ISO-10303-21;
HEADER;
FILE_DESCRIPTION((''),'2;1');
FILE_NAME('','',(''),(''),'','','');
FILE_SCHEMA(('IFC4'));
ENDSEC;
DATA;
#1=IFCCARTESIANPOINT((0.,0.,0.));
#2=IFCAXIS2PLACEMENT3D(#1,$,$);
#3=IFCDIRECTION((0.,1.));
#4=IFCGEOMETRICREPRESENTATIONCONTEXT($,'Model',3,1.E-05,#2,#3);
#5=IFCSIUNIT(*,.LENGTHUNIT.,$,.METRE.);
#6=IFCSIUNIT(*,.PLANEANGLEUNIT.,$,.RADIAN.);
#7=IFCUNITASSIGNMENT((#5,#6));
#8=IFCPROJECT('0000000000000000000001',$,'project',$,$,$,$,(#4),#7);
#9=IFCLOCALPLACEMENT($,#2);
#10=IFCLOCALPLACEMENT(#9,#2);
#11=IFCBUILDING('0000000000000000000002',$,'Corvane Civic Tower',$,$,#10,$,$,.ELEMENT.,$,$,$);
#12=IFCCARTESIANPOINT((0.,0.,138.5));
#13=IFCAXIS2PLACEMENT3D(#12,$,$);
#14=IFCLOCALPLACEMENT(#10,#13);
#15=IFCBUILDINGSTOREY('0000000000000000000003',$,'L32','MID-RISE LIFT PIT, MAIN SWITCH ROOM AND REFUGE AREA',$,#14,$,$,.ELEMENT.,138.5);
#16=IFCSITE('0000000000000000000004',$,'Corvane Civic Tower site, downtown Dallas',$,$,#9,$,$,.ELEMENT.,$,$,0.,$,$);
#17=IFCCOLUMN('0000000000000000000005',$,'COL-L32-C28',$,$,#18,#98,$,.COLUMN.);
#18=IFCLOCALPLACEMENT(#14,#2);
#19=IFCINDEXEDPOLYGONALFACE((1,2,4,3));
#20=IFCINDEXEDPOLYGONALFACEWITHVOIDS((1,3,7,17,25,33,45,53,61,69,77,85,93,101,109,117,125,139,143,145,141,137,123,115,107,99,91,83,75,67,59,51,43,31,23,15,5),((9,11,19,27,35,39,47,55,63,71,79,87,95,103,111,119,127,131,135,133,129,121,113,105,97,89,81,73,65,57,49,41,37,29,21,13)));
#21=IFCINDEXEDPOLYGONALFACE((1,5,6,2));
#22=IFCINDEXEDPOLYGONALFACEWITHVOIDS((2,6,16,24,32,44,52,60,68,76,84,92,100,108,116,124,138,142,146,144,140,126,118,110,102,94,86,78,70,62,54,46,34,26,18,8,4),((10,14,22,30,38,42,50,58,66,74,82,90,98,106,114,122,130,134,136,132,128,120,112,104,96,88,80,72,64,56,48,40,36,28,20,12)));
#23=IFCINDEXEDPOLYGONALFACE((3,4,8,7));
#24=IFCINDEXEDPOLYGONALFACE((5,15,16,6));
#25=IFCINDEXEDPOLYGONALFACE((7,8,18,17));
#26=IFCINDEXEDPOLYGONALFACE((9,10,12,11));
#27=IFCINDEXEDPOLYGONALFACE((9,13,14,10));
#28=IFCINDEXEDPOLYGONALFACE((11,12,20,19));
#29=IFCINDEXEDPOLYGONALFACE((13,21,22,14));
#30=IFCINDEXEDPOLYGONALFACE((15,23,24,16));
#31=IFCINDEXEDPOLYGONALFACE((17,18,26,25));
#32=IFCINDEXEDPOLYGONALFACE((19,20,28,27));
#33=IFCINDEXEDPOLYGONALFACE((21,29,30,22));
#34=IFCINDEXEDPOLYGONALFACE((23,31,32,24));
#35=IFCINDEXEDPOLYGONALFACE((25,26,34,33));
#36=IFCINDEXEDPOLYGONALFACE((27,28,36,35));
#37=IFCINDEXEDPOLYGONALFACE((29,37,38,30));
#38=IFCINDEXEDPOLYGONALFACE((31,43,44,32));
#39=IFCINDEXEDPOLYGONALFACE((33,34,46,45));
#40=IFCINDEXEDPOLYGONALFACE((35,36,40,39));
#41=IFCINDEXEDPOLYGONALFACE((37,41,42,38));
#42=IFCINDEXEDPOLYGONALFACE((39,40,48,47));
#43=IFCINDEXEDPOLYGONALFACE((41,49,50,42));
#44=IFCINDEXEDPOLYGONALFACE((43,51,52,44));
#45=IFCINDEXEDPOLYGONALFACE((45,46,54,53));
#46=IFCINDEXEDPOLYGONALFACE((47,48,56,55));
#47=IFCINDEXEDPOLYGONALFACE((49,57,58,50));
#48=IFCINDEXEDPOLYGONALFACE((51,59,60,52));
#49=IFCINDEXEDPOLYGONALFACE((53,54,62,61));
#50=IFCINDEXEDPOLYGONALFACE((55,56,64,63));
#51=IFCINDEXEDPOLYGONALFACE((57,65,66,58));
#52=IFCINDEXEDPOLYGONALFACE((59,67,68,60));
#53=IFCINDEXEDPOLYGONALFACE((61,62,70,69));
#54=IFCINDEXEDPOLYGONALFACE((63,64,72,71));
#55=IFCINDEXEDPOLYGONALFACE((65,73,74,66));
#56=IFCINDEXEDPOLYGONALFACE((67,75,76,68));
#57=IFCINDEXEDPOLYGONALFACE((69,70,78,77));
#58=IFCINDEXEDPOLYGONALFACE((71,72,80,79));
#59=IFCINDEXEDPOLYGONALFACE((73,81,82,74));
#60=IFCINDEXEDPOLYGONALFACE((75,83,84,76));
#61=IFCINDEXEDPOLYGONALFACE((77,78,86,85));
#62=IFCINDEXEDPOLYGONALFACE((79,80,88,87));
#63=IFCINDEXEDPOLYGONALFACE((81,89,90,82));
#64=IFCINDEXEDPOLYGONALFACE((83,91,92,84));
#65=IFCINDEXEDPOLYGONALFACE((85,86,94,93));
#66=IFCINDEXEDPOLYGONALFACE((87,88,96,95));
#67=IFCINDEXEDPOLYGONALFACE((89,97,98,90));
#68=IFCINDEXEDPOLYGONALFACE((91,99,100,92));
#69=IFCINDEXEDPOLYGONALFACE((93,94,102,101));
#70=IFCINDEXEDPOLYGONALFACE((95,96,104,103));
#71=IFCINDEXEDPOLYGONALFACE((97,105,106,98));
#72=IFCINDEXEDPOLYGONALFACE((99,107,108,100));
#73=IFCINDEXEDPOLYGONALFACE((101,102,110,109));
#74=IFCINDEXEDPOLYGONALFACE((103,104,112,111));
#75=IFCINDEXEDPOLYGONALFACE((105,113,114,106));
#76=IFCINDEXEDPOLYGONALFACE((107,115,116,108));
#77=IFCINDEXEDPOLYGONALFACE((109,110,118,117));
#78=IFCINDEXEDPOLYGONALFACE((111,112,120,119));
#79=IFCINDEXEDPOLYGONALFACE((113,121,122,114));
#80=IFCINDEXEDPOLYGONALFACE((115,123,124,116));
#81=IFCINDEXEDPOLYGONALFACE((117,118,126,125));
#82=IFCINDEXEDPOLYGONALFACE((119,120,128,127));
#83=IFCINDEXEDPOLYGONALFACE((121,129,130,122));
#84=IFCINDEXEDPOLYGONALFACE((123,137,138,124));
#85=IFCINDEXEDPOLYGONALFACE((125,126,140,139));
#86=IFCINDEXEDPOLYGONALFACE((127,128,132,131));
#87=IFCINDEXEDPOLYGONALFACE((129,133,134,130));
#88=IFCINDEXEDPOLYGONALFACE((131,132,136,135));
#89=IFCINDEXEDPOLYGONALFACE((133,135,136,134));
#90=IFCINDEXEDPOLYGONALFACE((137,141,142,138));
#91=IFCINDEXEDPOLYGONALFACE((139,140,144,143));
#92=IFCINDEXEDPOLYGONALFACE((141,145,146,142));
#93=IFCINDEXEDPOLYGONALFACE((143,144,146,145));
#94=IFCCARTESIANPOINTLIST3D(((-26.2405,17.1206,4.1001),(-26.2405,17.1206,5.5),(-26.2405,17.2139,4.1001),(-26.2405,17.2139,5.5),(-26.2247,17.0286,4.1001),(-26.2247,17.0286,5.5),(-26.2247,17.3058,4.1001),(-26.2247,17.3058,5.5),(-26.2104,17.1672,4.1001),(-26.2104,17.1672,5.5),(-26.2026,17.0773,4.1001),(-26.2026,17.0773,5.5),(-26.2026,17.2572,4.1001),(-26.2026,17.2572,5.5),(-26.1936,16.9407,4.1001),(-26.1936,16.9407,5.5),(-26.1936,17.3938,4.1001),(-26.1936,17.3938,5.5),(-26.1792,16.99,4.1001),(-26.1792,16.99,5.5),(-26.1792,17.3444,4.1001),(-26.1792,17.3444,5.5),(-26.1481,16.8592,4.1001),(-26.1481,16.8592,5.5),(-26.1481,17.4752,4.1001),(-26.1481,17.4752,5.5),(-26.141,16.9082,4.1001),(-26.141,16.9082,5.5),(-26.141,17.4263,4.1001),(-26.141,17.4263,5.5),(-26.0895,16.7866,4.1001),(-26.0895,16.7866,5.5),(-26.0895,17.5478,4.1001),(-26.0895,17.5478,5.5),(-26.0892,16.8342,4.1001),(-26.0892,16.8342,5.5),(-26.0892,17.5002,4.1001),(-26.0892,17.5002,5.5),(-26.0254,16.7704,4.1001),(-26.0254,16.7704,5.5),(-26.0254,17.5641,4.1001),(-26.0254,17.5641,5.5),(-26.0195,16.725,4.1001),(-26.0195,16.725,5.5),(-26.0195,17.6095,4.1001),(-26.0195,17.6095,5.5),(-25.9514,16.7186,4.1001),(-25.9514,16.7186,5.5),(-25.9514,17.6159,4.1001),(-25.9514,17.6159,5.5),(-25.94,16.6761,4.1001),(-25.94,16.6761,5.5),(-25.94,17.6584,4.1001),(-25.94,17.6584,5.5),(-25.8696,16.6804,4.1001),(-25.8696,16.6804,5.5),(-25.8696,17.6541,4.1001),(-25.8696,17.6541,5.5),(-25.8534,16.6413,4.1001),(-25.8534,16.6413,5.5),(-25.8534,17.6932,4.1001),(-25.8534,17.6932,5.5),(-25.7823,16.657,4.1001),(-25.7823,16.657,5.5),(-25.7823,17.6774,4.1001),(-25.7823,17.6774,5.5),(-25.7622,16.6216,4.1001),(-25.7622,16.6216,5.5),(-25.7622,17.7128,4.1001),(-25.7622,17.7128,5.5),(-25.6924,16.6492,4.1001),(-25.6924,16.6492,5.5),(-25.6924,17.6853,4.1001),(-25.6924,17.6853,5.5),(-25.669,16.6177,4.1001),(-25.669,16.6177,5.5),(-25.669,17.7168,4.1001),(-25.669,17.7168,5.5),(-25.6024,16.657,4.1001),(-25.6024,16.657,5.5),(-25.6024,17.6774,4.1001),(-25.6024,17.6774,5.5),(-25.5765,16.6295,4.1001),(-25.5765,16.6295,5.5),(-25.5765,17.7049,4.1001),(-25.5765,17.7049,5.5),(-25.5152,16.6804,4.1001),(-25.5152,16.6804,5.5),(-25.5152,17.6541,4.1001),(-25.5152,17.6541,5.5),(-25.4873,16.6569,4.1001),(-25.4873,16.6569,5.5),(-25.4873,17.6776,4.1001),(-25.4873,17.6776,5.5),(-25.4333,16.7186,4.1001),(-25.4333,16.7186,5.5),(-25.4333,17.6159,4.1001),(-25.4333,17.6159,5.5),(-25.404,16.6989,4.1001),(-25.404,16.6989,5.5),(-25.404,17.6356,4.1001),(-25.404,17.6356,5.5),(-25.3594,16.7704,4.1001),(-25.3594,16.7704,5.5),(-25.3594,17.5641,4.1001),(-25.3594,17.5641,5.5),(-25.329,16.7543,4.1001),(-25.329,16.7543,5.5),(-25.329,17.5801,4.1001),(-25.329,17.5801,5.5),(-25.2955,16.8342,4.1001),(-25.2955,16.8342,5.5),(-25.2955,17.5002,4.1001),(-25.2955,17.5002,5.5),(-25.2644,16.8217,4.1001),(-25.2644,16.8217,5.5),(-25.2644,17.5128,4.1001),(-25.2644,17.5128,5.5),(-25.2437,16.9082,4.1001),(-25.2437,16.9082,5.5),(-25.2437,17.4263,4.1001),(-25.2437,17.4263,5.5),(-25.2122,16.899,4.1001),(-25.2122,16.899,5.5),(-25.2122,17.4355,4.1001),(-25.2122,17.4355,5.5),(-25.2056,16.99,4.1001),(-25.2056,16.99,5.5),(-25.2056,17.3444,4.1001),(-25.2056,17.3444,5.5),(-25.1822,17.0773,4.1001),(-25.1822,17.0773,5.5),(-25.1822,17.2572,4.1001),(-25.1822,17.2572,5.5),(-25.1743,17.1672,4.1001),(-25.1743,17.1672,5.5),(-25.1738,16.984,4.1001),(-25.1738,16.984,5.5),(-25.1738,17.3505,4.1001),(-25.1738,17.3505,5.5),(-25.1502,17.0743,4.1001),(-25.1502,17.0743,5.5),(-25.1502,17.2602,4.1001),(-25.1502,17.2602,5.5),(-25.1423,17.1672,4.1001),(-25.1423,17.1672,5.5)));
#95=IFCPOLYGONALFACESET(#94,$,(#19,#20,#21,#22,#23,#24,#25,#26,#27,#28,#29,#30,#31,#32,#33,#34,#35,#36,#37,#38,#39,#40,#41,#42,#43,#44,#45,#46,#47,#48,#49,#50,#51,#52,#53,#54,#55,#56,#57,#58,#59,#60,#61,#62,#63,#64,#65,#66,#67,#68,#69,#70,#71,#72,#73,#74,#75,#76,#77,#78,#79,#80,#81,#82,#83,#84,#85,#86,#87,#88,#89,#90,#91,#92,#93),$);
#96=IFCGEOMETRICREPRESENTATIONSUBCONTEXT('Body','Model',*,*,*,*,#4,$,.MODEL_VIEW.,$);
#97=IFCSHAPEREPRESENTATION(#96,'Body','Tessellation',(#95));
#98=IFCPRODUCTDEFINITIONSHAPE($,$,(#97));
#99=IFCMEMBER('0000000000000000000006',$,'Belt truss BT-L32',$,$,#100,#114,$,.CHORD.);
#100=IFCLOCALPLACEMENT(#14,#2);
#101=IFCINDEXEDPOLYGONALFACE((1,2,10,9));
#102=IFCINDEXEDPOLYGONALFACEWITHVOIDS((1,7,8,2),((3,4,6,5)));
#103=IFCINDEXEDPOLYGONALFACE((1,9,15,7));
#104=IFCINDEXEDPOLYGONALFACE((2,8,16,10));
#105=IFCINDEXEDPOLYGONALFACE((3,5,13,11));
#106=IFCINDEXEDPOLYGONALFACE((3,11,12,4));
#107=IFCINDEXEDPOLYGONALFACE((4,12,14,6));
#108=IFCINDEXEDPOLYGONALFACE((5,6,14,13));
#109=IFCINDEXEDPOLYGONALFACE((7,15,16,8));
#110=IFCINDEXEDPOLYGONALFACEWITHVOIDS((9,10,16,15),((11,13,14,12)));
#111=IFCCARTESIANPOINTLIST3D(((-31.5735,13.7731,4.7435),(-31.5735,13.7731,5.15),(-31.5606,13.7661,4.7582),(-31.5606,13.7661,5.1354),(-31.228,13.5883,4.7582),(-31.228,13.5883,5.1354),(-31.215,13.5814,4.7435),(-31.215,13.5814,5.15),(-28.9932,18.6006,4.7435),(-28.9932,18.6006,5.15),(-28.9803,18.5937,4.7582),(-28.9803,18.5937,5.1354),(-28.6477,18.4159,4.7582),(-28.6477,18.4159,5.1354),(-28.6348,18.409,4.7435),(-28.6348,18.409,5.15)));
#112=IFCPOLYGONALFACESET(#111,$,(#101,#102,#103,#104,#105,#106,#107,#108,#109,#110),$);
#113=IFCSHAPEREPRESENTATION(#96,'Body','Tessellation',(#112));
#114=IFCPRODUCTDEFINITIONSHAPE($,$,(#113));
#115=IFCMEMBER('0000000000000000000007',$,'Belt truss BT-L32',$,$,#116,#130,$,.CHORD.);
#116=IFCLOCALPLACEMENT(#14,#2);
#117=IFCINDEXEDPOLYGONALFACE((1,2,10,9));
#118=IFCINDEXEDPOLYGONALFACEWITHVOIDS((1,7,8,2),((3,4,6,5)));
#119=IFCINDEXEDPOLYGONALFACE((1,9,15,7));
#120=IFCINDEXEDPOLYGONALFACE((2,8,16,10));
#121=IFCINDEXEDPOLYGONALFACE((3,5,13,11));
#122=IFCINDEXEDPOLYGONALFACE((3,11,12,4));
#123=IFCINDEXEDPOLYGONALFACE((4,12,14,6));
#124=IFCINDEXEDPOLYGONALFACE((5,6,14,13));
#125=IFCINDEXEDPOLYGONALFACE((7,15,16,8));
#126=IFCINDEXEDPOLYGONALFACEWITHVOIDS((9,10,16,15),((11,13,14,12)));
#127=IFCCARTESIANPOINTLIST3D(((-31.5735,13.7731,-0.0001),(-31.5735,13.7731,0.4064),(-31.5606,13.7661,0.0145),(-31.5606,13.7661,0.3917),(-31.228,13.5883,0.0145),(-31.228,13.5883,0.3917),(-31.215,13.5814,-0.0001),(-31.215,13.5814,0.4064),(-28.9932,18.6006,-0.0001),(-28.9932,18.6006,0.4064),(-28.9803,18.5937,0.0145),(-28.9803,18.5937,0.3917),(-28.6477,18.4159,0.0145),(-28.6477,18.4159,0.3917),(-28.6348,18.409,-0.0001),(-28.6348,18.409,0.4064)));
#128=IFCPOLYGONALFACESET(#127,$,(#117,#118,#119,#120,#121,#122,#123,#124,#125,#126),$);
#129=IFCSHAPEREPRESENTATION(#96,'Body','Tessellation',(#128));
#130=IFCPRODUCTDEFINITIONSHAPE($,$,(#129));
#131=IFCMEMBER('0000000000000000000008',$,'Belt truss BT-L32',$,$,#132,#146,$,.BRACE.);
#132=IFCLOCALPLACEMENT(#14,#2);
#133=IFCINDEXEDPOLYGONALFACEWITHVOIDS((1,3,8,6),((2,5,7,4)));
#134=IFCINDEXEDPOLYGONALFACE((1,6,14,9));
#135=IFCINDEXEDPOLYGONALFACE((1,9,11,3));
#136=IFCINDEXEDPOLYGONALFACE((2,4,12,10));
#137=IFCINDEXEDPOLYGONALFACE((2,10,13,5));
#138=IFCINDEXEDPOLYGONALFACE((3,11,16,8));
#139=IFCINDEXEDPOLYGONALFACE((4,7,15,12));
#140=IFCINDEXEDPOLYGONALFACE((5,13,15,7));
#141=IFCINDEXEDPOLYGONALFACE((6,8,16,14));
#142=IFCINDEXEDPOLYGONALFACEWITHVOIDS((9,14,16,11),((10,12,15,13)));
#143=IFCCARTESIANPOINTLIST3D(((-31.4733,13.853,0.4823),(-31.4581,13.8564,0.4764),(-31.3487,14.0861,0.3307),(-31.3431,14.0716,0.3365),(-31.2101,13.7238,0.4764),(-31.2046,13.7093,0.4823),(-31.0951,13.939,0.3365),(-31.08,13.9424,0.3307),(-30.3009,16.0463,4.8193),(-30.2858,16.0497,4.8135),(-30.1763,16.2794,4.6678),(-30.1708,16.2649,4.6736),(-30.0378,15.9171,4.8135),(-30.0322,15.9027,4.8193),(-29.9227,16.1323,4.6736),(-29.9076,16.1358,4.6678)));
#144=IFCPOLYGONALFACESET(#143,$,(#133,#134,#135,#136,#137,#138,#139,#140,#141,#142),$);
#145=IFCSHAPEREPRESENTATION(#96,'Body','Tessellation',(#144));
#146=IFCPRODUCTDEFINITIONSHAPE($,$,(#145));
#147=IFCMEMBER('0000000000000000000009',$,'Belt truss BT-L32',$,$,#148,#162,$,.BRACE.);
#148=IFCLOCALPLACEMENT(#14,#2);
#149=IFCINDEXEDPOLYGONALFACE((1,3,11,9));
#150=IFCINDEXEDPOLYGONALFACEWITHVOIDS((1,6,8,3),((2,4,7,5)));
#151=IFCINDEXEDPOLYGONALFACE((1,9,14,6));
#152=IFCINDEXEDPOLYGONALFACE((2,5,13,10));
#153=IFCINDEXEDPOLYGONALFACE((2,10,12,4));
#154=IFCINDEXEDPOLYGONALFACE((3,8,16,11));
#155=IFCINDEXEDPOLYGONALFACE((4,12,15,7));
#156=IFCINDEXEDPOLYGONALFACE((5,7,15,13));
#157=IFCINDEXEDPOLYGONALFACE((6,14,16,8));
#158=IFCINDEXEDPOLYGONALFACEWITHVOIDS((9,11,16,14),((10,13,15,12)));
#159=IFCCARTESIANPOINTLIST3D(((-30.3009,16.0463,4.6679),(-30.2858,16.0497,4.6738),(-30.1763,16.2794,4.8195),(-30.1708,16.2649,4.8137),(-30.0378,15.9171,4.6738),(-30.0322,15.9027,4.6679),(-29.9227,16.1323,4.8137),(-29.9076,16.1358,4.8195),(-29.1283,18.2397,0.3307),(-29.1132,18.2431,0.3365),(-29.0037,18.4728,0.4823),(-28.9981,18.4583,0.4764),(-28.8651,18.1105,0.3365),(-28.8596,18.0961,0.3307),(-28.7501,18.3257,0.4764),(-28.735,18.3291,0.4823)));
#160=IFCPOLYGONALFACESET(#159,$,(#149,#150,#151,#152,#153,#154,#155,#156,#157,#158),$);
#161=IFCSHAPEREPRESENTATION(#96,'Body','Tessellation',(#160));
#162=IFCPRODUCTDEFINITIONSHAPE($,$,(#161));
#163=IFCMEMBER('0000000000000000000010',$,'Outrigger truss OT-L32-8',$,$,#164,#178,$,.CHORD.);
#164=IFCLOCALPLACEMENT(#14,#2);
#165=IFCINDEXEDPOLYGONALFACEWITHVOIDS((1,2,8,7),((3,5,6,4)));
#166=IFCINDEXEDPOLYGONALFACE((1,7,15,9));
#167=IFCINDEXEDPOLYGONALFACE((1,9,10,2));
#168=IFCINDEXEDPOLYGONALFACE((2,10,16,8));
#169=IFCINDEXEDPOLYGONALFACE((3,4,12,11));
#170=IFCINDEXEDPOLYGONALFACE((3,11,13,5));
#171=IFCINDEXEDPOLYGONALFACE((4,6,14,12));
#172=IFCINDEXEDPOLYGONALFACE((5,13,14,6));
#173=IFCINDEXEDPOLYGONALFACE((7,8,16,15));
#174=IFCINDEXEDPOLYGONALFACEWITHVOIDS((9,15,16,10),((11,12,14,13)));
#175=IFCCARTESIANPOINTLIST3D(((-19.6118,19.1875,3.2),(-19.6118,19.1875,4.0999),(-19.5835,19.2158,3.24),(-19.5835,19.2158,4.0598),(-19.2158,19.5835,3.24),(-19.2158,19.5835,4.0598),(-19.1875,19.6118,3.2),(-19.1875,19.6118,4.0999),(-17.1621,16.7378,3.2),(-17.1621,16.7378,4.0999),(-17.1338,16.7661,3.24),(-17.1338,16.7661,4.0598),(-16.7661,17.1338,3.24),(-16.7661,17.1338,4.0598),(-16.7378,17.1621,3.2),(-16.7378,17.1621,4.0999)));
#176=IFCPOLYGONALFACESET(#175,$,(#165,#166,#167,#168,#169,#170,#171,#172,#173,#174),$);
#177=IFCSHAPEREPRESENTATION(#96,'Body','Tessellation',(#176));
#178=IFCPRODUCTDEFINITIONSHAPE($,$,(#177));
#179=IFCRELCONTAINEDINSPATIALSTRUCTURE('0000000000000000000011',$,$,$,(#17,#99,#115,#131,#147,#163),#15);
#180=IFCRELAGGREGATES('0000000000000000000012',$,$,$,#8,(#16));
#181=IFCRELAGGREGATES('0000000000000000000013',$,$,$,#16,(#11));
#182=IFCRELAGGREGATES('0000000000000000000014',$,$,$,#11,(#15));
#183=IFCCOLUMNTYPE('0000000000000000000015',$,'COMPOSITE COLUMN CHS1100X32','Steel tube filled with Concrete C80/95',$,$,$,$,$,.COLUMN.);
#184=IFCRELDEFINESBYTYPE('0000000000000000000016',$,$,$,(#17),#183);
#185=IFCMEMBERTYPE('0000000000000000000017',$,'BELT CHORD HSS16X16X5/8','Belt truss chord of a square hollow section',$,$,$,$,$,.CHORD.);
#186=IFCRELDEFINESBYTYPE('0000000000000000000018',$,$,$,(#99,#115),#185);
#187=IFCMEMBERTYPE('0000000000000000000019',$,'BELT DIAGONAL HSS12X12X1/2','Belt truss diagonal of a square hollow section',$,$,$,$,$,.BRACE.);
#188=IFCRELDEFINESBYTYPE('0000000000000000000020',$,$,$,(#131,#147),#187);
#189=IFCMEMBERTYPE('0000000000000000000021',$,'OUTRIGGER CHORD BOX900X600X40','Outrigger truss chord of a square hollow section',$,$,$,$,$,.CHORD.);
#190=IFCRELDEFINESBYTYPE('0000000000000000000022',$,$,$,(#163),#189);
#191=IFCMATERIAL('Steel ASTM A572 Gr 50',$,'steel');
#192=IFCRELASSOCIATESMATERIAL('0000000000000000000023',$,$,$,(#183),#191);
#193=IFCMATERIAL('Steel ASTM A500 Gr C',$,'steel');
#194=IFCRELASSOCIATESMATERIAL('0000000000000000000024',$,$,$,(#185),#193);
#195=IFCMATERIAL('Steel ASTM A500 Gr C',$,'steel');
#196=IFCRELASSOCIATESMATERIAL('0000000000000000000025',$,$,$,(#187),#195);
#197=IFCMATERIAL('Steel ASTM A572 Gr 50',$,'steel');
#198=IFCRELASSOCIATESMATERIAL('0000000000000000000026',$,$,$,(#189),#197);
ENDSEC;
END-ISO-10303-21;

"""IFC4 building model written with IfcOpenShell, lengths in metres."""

from ifc_helpers import new_model, si_unit, direction, frame, origin, origin_2d, place, context, subcontext, project, spatial, hollow_rectangle, hollow_circle, extrude, material, material_profile, profile_set, type_object, element, save


model = new_model("IFC4")

# Units and contexts
model_context = context("Model", 3, precision=1e-05, world=origin(), true_north=direction((0.0, 1.0)))
body_context = subcontext(model_context, "Body", "Model", "MODEL_VIEW")
ifc_project = project(units=[si_unit("LENGTHUNIT", "METRE"), si_unit("PLANEANGLEUNIT", "RADIAN")], contexts=[model_context])

# Site, building, storey
site_placement = place(None, origin())
site = spatial("IfcSite", under=ifc_project, at=site_placement, Name="Corvane Civic Tower site, downtown Dallas", CompositionType="ELEMENT", RefElevation=0.0)
building_placement = place(site_placement, origin())
building = spatial("IfcBuilding", under=site, at=building_placement, Name="Corvane Civic Tower", CompositionType="ELEMENT")
storey_placement = place(building_placement, frame((0.0, 0.0, 138.5)))
storey = spatial("IfcBuildingStorey", under=building, at=storey_placement, Name="L32", Description="MID-RISE LIFT PIT, MAIN SWITCH ROOM AND REFUGE AREA", CompositionType="ELEMENT", Elevation=138.5)

# Column
ifc_material_1 = material(Name="Steel ASTM A572 Gr 50", Category="steel")
ifc_material_profile_1 = material_profile(ifc_material_1, hollow_circle(Radius=0.55, WallThickness=0.032, at=origin_2d()), Name="CHS1100X32")
ifc_profile_set_1 = profile_set([ifc_material_profile_1], Name="Steel ASTM A572 Gr 50")
column_type = type_object("IfcColumnType", Name="COMPOSITE COLUMN CHS1100X32", Description="Steel tube filled with Concrete C80/95", PredefinedType="COLUMN", material=ifc_profile_set_1)
for number, where, z_axis, x_axis, name in (
    (1, (-25.6924, 17.1672, 4.1001), (0.0, 0.0, 1.0), (1.0, 0.0, 0.0), "COL-L32-C28"),
):
    element("IfcColumn", number, at=place(storey_placement, frame(where, z_axis=z_axis, x_axis=x_axis)), inside=storey, type_object=column_type, Name=name, PredefinedType="COLUMN", context=body_context, shape_type="SweptSolid", body=[
        extrude(hollow_circle(Radius=0.55, WallThickness=0.032, at=origin_2d()), origin(), (0.0, 0.0, 1.0), 1.3999),
    ])

# Members
ifc_material_2 = material(Name="Steel ASTM A500 Gr C", Category="steel")
ifc_material_profile_2 = material_profile(ifc_material_2, hollow_rectangle(XDim=0.4065, YDim=0.4065, WallThickness=0.0146, at=origin_2d()), Name="HSS16X16X5/8")
ifc_profile_set_2 = profile_set([ifc_material_profile_2], Name="Steel ASTM A500 Gr C")
member_type_1 = type_object("IfcMemberType", Name="BELT CHORD HSS16X16X5/8", Description="Belt truss chord of a square hollow section", PredefinedType="CHORD", material=ifc_profile_set_2)
for number, where, z_axis, x_axis, name in (
    (2, (-31.3943, 13.6772, 4.9468), (0.471382, 0.881929, 0.0), (-0.881929, 0.471382, 0.0), "Belt truss BT-L32"),
    (3, (-31.3943, 13.6772, 0.2031), (0.471382, 0.881929, 0.0), (-0.881929, 0.471382, 0.0), "Belt truss BT-L32"),
):
    element("IfcMember", number, at=place(storey_placement, frame(where, z_axis=z_axis, x_axis=x_axis)), inside=storey, type_object=member_type_1, Name=name, PredefinedType="CHORD", context=body_context, shape_type="SweptSolid", body=[
        extrude(hollow_rectangle(XDim=0.4065, YDim=0.4065, WallThickness=0.0146, at=origin_2d()), origin(), (0.0, 0.0, 1.0), 5.4739),
    ])
ifc_material_3 = material(Name="Steel ASTM A500 Gr C", Category="steel")
ifc_material_profile_3 = material_profile(ifc_material_3, hollow_rectangle(XDim=0.3047, YDim=0.3047, WallThickness=0.0117, at=origin_2d()), Name="HSS12X12X1/2")
ifc_profile_set_3 = profile_set([ifc_material_profile_3], Name="Steel ASTM A500 Gr C")
member_type_2 = type_object("IfcMemberType", Name="BELT DIAGONAL HSS12X12X1/2", Description="Belt truss diagonal of a square hollow section", PredefinedType="BRACE", material=ifc_profile_set_3)
member_1_placement = place(storey_placement, frame((-31.2766, 13.8977, 0.4065), z_axis=(0.23449, 0.438705, 0.867498), x_axis=(-0.881923, 0.471393, 0.0)))
element("IfcMember", 4, at=member_1_placement, inside=storey, type_object=member_type_2, Name="Belt truss BT-L32", PredefinedType="BRACE", context=body_context, shape_type="SweptSolid", body=[
    extrude(hollow_rectangle(XDim=0.3047, YDim=0.3047, WallThickness=0.0117, at=origin_2d()), origin(), (0.0, 0.0, 1.0), 4.9995),
])
member_2_placement = place(storey_placement, frame((-28.9316, 18.2844, 0.4065), z_axis=(-0.234537, -0.4387, 0.867488), x_axis=(0.881882, -0.471469, 0.0)))
element("IfcMember", 5, at=member_2_placement, inside=storey, type_object=member_type_2, Name="Belt truss BT-L32", PredefinedType="BRACE", context=body_context, shape_type="SweptSolid", body=[
    extrude(hollow_rectangle(XDim=0.3047, YDim=0.3047, WallThickness=0.0117, at=origin_2d()), origin(), (0.0, 0.0, 1.0), 4.9998),
])
ifc_material_4 = material(Name="Steel ASTM A572 Gr 50", Category="steel")
ifc_material_profile_4 = material_profile(ifc_material_4, hollow_rectangle(XDim=0.6001, YDim=0.8999, WallThickness=0.04, at=origin_2d()), Name="BOX900X600X40")
ifc_profile_set_4 = profile_set([ifc_material_profile_4], Name="Steel ASTM A572 Gr 50")
member_type_3 = type_object("IfcMemberType", Name="OUTRIGGER CHORD BOX900X600X40", Description="Outrigger truss chord of a square hollow section", PredefinedType="CHORD", material=ifc_profile_set_4)
member_3_placement = place(storey_placement, frame((-16.95, 16.95, 3.6499), z_axis=(-0.707107, 0.707107, 0.0), x_axis=(-0.707107, -0.707107, 0.0)))
element("IfcMember", 6, at=member_3_placement, inside=storey, type_object=member_type_3, Name="Outrigger truss OT-L32-8", PredefinedType="CHORD", context=body_context, shape_type="SweptSolid", body=[
    extrude(hollow_rectangle(XDim=0.6001, YDim=0.8999, WallThickness=0.04, at=origin_2d()), origin(), (0.0, 0.0, 1.0), 3.4644),
])

save(model, "model.ifc")
